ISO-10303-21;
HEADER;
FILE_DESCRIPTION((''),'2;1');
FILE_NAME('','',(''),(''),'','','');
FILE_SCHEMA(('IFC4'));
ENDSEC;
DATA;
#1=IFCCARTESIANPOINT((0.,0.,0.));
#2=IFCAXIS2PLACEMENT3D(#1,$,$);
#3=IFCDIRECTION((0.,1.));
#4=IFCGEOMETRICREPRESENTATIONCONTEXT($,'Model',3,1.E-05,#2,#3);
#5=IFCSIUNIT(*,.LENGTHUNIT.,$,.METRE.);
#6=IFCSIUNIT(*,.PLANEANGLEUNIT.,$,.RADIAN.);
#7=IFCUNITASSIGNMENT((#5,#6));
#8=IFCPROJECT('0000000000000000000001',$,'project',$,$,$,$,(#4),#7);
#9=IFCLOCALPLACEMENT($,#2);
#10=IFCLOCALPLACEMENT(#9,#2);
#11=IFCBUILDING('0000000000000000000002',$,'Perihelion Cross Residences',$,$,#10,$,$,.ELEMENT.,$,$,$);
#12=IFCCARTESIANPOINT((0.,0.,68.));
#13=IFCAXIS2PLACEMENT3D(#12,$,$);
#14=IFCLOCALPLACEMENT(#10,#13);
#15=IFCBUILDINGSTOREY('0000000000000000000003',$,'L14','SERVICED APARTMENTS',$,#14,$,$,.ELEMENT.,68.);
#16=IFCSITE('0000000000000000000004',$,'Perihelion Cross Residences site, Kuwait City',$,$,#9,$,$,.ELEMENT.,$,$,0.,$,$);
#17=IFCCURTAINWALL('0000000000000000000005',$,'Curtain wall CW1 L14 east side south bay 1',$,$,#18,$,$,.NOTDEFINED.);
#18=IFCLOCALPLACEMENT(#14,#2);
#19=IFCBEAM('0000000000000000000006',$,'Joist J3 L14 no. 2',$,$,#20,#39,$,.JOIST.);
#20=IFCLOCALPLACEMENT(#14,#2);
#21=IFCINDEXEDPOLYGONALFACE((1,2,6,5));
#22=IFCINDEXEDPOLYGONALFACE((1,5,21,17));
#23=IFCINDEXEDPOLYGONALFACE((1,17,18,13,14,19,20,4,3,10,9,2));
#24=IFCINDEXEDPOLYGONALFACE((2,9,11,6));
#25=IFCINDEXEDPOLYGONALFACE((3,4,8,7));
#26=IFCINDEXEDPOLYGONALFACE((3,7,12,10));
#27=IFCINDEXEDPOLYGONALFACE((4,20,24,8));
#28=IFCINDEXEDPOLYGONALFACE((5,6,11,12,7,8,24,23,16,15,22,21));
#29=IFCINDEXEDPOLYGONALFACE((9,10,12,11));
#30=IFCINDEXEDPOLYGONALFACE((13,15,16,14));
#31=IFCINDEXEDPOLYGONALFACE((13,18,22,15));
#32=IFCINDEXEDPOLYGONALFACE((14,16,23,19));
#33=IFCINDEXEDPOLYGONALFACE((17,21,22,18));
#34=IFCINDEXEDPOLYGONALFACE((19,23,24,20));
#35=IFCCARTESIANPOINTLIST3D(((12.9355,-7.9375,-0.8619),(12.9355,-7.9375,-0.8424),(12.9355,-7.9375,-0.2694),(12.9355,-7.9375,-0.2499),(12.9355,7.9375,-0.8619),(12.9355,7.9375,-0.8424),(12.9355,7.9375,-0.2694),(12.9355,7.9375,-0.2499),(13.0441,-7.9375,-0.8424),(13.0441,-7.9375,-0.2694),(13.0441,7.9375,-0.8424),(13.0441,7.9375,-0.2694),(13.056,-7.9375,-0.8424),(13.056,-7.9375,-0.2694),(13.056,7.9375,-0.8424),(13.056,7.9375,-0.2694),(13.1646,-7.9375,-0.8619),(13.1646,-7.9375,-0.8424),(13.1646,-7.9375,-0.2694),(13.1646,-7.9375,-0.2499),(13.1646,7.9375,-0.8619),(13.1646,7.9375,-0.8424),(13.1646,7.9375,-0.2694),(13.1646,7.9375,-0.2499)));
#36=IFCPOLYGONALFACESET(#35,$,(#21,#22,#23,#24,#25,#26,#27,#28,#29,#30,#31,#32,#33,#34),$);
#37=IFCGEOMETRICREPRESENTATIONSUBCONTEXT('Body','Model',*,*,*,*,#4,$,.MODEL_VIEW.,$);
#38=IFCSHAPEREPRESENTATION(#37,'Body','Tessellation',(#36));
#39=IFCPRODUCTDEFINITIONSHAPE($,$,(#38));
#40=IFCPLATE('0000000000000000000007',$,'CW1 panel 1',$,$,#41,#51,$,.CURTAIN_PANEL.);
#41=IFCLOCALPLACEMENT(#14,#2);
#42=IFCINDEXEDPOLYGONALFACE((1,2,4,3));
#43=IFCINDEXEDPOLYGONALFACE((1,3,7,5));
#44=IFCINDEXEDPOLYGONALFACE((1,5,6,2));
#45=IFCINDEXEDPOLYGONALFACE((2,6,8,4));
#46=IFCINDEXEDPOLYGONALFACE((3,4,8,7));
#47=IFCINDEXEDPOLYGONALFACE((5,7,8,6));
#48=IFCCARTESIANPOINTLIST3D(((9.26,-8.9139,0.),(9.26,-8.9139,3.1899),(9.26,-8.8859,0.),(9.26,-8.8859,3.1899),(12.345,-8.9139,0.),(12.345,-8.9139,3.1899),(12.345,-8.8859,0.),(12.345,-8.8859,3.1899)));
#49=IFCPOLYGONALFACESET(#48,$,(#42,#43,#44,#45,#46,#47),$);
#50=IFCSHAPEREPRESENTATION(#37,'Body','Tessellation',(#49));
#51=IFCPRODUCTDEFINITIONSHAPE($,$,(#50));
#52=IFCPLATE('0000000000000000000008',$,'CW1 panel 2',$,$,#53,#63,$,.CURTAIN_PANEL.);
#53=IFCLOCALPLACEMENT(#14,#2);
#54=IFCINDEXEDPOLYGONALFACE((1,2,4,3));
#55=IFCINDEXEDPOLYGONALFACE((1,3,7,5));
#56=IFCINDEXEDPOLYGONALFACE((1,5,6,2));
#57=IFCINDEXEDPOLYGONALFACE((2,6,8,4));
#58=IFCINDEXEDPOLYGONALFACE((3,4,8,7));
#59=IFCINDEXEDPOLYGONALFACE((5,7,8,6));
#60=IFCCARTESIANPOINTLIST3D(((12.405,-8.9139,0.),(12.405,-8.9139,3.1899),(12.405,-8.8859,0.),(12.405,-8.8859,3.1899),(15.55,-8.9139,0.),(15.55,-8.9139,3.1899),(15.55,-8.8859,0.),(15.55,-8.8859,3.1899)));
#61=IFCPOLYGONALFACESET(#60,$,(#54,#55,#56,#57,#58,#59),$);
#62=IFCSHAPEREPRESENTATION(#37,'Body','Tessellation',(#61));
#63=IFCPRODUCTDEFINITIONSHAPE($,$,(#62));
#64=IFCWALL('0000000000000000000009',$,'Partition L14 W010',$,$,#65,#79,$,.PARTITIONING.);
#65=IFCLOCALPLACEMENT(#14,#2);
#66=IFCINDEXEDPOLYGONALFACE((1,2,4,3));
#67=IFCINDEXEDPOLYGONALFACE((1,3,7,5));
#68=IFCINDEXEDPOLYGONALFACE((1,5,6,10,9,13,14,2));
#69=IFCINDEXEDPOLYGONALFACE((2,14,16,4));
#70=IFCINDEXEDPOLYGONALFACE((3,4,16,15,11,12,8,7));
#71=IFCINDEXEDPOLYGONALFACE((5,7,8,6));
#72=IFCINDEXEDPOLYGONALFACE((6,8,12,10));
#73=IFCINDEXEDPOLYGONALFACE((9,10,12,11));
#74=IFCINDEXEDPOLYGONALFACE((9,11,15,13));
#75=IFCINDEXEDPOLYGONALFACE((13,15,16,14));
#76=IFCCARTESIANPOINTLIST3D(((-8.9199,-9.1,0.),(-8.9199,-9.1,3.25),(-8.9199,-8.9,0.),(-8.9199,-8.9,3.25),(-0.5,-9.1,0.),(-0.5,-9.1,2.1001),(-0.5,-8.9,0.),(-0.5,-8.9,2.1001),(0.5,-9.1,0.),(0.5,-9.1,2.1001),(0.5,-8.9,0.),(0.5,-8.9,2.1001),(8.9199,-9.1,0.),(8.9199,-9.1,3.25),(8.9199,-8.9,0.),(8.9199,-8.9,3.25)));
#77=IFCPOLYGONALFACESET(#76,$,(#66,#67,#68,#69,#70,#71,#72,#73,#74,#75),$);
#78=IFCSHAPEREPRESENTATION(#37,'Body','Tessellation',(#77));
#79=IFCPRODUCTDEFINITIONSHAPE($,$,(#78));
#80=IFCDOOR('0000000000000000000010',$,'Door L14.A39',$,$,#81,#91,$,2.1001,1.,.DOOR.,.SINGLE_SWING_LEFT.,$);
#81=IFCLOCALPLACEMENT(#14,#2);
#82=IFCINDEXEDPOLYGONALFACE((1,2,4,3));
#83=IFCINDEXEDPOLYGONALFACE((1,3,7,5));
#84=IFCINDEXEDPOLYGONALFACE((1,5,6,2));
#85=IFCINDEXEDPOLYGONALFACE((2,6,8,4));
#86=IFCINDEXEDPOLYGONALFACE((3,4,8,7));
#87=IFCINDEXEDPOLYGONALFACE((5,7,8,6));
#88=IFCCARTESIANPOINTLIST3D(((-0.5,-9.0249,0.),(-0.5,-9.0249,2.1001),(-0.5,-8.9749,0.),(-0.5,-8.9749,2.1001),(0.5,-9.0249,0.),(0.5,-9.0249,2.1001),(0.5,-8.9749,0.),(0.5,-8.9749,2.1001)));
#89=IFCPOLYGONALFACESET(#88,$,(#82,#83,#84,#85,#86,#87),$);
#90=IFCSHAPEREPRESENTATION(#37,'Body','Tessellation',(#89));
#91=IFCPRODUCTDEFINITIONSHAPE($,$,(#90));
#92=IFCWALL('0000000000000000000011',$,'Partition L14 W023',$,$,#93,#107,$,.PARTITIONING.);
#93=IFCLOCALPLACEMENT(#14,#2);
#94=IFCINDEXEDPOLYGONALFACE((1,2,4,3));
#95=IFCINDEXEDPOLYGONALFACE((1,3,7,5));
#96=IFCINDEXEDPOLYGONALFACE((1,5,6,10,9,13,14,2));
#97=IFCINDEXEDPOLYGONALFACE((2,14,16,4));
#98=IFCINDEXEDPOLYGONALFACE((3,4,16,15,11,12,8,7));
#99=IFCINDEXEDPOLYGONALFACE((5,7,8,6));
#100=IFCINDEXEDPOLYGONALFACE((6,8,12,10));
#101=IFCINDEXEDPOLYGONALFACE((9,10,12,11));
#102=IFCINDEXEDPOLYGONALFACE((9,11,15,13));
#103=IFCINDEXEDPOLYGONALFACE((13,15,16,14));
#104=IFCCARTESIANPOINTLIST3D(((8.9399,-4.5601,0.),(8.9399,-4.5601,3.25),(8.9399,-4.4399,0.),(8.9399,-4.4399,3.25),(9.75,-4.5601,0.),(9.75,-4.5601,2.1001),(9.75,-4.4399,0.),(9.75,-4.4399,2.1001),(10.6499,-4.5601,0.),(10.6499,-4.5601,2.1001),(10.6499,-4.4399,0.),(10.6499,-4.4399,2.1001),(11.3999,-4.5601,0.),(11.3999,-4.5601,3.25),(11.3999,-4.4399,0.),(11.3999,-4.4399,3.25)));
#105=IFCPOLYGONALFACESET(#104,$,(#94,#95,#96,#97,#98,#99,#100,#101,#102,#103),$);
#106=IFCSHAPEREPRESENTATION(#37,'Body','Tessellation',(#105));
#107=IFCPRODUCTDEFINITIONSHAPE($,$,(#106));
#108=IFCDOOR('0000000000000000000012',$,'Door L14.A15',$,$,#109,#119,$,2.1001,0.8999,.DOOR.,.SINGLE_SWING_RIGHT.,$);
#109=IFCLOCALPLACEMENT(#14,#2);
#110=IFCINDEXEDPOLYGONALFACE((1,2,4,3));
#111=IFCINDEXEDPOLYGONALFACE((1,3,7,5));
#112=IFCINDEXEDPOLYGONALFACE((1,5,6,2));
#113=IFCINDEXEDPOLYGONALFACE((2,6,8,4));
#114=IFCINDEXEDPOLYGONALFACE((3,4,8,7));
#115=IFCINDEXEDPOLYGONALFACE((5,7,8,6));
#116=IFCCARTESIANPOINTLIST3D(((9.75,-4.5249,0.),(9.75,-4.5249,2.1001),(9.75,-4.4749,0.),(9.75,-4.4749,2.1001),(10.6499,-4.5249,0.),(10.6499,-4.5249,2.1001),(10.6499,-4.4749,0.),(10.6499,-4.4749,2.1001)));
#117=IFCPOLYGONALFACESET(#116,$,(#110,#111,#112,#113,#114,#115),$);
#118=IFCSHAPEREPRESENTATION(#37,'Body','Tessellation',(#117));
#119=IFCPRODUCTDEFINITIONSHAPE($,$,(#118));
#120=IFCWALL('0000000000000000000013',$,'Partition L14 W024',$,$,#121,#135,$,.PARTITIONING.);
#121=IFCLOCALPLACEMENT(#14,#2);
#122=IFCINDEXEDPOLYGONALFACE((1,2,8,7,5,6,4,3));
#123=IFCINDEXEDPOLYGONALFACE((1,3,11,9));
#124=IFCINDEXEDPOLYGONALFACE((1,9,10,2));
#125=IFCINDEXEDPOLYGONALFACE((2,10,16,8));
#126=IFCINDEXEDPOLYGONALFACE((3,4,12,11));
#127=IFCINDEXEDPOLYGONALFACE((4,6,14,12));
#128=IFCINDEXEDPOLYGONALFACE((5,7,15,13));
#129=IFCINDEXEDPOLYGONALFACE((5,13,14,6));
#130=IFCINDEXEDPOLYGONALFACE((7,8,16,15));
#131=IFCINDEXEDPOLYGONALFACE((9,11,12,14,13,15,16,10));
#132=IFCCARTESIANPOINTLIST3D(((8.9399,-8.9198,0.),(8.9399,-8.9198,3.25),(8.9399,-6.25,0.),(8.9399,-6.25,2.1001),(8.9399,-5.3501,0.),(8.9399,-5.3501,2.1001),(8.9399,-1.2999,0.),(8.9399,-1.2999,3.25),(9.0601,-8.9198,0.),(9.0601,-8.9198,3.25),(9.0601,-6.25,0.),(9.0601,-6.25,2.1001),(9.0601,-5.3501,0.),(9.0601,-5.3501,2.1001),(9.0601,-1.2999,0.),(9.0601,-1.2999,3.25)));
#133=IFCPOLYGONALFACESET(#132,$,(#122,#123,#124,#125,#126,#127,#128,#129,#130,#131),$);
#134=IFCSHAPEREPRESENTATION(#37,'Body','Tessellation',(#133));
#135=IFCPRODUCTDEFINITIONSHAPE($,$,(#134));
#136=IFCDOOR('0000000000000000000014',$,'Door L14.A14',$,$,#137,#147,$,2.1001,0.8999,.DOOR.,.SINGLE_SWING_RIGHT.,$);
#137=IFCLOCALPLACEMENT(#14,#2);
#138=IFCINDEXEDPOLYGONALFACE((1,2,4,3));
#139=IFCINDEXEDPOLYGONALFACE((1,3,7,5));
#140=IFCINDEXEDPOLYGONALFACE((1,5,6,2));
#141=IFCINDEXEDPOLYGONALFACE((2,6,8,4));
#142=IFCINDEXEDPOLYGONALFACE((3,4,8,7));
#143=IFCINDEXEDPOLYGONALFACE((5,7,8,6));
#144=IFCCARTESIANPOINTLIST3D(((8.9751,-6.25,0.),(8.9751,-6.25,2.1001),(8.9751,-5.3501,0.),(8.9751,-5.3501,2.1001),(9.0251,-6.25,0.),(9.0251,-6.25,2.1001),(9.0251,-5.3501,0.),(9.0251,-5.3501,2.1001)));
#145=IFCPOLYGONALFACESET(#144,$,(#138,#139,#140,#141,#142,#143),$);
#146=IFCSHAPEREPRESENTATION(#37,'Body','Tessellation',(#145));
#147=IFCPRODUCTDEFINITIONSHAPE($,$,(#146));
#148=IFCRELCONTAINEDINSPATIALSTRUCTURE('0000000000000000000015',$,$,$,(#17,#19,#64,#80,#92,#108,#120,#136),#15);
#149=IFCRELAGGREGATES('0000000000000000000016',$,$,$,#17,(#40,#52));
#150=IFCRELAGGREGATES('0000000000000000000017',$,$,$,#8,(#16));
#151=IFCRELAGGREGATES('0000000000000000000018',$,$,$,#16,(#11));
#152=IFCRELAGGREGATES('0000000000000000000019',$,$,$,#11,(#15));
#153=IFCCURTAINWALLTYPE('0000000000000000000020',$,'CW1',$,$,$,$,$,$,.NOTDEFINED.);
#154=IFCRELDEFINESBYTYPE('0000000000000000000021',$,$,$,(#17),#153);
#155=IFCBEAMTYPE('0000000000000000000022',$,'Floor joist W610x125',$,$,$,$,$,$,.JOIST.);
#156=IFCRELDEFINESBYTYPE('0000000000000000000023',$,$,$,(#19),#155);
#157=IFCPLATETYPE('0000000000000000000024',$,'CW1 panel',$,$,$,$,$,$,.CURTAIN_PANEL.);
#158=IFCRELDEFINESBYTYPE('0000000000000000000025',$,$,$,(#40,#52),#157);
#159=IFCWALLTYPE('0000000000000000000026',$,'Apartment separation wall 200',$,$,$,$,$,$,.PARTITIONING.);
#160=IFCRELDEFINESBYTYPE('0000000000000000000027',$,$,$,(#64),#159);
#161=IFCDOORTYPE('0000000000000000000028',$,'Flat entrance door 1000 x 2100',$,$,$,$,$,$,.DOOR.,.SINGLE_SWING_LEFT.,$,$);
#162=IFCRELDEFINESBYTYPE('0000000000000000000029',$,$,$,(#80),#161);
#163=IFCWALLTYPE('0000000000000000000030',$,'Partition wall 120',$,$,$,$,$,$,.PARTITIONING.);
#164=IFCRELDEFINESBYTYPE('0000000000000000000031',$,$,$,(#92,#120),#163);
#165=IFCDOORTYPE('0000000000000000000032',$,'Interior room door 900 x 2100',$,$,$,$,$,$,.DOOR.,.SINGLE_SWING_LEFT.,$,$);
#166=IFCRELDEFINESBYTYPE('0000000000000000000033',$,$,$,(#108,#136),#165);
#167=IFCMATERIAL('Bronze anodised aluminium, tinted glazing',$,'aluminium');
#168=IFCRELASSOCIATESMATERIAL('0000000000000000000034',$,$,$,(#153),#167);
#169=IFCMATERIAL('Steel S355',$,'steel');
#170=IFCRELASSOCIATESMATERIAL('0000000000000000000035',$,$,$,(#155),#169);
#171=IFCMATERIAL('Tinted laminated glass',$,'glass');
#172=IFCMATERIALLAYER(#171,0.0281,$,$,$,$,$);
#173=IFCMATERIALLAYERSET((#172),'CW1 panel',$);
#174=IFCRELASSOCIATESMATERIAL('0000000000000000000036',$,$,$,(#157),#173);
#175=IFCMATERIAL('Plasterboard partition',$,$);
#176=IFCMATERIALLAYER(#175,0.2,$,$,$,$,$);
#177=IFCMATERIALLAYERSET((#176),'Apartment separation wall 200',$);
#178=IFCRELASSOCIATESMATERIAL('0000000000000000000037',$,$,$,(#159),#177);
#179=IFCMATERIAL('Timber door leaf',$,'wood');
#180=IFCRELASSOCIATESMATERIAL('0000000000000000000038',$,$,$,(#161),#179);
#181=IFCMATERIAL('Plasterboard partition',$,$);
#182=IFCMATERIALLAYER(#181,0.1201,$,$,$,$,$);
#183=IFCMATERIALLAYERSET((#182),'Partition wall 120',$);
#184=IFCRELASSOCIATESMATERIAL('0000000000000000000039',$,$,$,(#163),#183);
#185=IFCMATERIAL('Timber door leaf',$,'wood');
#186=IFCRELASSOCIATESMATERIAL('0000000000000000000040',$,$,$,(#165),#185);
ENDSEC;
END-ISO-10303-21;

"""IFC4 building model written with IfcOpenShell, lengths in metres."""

from ifc_helpers import new_model, si_unit, direction, frame, frame_2d, origin, origin_2d, place, context, subcontext, project, spatial, rectangle, i_section, extrude, material, layer, layer_set, material_profile, profile_set, type_object, element, fill, aggregate, save


model = new_model("IFC4")

# Units and contexts
model_context = context("Model", 3, precision=1e-05, world=origin(), true_north=direction((0.0, 1.0)))
body_context = subcontext(model_context, "Body", "Model", "MODEL_VIEW")
ifc_project = project(units=[si_unit("LENGTHUNIT", "METRE"), si_unit("PLANEANGLEUNIT", "RADIAN")], contexts=[model_context])

# Site, building, storey
site_placement = place(None, origin())
site = spatial("IfcSite", under=ifc_project, at=site_placement, Name="Perihelion Cross Residences site, Kuwait City", CompositionType="ELEMENT", RefElevation=0.0)
building_placement = place(site_placement, origin())
building = spatial("IfcBuilding", under=site, at=building_placement, Name="Perihelion Cross Residences", CompositionType="ELEMENT")
storey_placement = place(building_placement, frame((0.0, 0.0, 68.0)))
storey = spatial("IfcBuildingStorey", under=building, at=storey_placement, Name="L14", Description="SERVICED APARTMENTS", CompositionType="ELEMENT", Elevation=68.0)

# Shared definitions
ifc_material_1 = material(Name="Bronze anodised aluminium, tinted glazing", Category="aluminium")
curtain_wall_type = type_object("IfcCurtainWallType", Name="CW1", PredefinedType="NOTDEFINED", material=ifc_material_1)

# Curtain wall
curtain_wall_1_placement = place(storey_placement, origin())
curtain_wall_1 = element("IfcCurtainWall", 1, at=curtain_wall_1_placement, inside=storey, type_object=curtain_wall_type, Name="Curtain wall CW1 L14 east side south bay 1", PredefinedType="NOTDEFINED")

# Beam
ifc_material_2 = material(Name="Steel S355", Category="steel")
ifc_material_profile_1 = material_profile(ifc_material_2, i_section(OverallWidth=0.229, OverallDepth=0.6121, WebThickness=0.012, FlangeThickness=0.0195, at=origin_2d()), Name="W610x125")
ifc_profile_set_1 = profile_set([ifc_material_profile_1], Name="Steel S355")
beam_type_1 = type_object("IfcBeamType", Name="Floor joist W610x125", PredefinedType="JOIST", material=ifc_profile_set_1)
beam_1_placement = place(storey_placement, frame((13.05, -7.9375, -0.5559), z_axis=(0.0, 1.0, 0.0), x_axis=(-1.0, 0.0, 0.0)))
element("IfcBeam", 2, at=beam_1_placement, inside=storey, type_object=beam_type_1, Name="Joist J3 L14 no. 2", PredefinedType="JOIST", context=body_context, shape_type="SweptSolid", body=[
    extrude(i_section(OverallWidth=0.229, OverallDepth=0.6121, WebThickness=0.012, FlangeThickness=0.0195, at=origin_2d()), origin(), (0.0, 0.0, 1.0), 15.875),
])

# Plates
ifc_material_3 = material(Name="Tinted laminated glass", Category="glass")
ifc_layer_1 = layer(ifc_material_3, 0.0281)
ifc_layer_set_1 = layer_set([ifc_layer_1], Name="CW1 panel")
plate_type = type_object("IfcPlateType", Name="CW1 panel", PredefinedType="CURTAIN_PANEL", material=ifc_layer_set_1)
plate_1_placement = place(storey_placement, frame((10.8025, -8.8999, 0.0), z_axis=(0.0, 0.0, 1.0), x_axis=(1.0, 0.0, 0.0)))
plate_1 = element("IfcPlate", 3, at=plate_1_placement, type_object=plate_type, Name="CW1 panel 1", PredefinedType="CURTAIN_PANEL", context=body_context, shape_type="SweptSolid", body=[
    extrude(rectangle(XDim=3.085, YDim=0.0281, at=origin_2d()), origin(), (0.0, 0.0, 1.0), 3.1899),
])
plate_2_placement = place(storey_placement, frame((13.9775, -8.8999, 0.0), z_axis=(0.0, 0.0, 1.0), x_axis=(1.0, 0.0, 0.0)))
plate_2 = element("IfcPlate", 4, at=plate_2_placement, type_object=plate_type, Name="CW1 panel 2", PredefinedType="CURTAIN_PANEL", context=body_context, shape_type="SweptSolid", body=[
    extrude(rectangle(XDim=3.145, YDim=0.0281, at=origin_2d()), origin(), (0.0, 0.0, 1.0), 3.1899),
])
aggregate(curtain_wall_1, [plate_1, plate_2])

# Walls, openings, doors
ifc_material_4 = material(Name="Plasterboard partition")
ifc_layer_2 = layer(ifc_material_4, 0.2)
ifc_layer_set_2 = layer_set([ifc_layer_2], Name="Apartment separation wall 200")
wall_type_1 = type_object("IfcWallType", Name="Apartment separation wall 200", PredefinedType="PARTITIONING", material=ifc_layer_set_2)
wall_1_placement = place(storey_placement, frame((8.9199, -9.0, 0.0), z_axis=(0.0, 0.0, 1.0), x_axis=(-1.0, 0.0, 0.0)))
wall_1 = element("IfcWall", 5, at=wall_1_placement, inside=storey, type_object=wall_type_1, Name="Partition L14 W010", PredefinedType="PARTITIONING", context=body_context, shape_type="SweptSolid", body=[
    extrude(rectangle(XDim=17.8398, YDim=0.2, at=frame_2d((8.9199, 0.0))), origin(), (0.0, 0.0, 1.0), 3.25),
])
opening_1_placement = place(wall_1_placement, frame((8.4199, 0.0, 0.0)))
opening_1 = element("IfcOpeningElement", 6, at=opening_1_placement, cuts=wall_1, PredefinedType="OPENING", context=body_context, shape_type="SweptSolid", body=[
    extrude(rectangle(XDim=1.0, YDim=2.1001, at=frame_2d((0.5, 1.05))), frame((0.0, 0.1099, 0.0), z_axis=(0.0, -1.0, 0.0), x_axis=(1.0, 0.0, 0.0)), (0.0, 0.0, 1.0), 0.22),
])
ifc_material_5 = material(Name="Timber door leaf", Category="wood")
door_type_1 = type_object("IfcDoorType", Name="Flat entrance door 1000 x 2100", OperationType="SINGLE_SWING_LEFT", PredefinedType="DOOR", material=ifc_material_5)
door_1_placement = place(opening_1_placement, origin())
door_1 = element("IfcDoor", 7, at=door_1_placement, inside=storey, type_object=door_type_1, Name="Door L14.A39", OperationType="SINGLE_SWING_LEFT", OverallHeight=2.1001, OverallWidth=1.0, PredefinedType="DOOR", context=body_context, shape_type="SweptSolid", body=[
    extrude(rectangle(XDim=1.0, YDim=2.1001, at=frame_2d((0.5, 1.05))), frame((0.0, 0.0249, 0.0), z_axis=(0.0, -1.0, 0.0), x_axis=(1.0, 0.0, 0.0)), (0.0, 0.0, 1.0), 0.05),
])
fill(opening_1, door_1)
ifc_material_6 = material(Name="Plasterboard partition")
ifc_layer_3 = layer(ifc_material_6, 0.1201)
ifc_layer_set_3 = layer_set([ifc_layer_3], Name="Partition wall 120")
wall_type_2 = type_object("IfcWallType", Name="Partition wall 120", PredefinedType="PARTITIONING", material=ifc_layer_set_3)
wall_2_placement = place(storey_placement, frame((11.3999, -4.5, 0.0), z_axis=(0.0, 0.0, 1.0), x_axis=(-1.0, 0.0, 0.0)))
wall_2 = element("IfcWall", 8, at=wall_2_placement, inside=storey, type_object=wall_type_2, Name="Partition L14 W023", PredefinedType="PARTITIONING", context=body_context, shape_type="SweptSolid", body=[
    extrude(rectangle(XDim=2.46, YDim=0.1201, at=frame_2d((1.23, 0.0))), origin(), (0.0, 0.0, 1.0), 3.25),
])
opening_2_placement = place(wall_2_placement, frame((0.75, 0.0, 0.0)))
opening_2 = element("IfcOpeningElement", 9, at=opening_2_placement, cuts=wall_2, PredefinedType="OPENING", context=body_context, shape_type="SweptSolid", body=[
    extrude(rectangle(XDim=0.8999, YDim=2.1001, at=frame_2d((0.45, 1.05))), frame((0.0, 0.0701, 0.0), z_axis=(0.0, -1.0, 0.0), x_axis=(1.0, 0.0, 0.0)), (0.0, 0.0, 1.0), 0.1401),
])
ifc_material_7 = material(Name="Timber door leaf", Category="wood")
door_type_2 = type_object("IfcDoorType", Name="Interior room door 900 x 2100", OperationType="SINGLE_SWING_LEFT", PredefinedType="DOOR", material=ifc_material_7)
door_2_placement = place(opening_2_placement, origin())
door_2 = element("IfcDoor", 10, at=door_2_placement, inside=storey, type_object=door_type_2, Name="Door L14.A15", OperationType="SINGLE_SWING_RIGHT", OverallHeight=2.1001, OverallWidth=0.8999, PredefinedType="DOOR", context=body_context, shape_type="SweptSolid", body=[
    extrude(rectangle(XDim=0.8999, YDim=2.1001, at=frame_2d((0.45, 1.05))), frame((0.0, 0.0249, 0.0), z_axis=(0.0, -1.0, 0.0), x_axis=(1.0, 0.0, 0.0)), (0.0, 0.0, 1.0), 0.05),
])
fill(opening_2, door_2)
wall_3_placement = place(storey_placement, frame((9.0, -8.9199, 0.0), z_axis=(0.0, 0.0, 1.0), x_axis=(0.0, 1.0, 0.0)))
wall_3 = element("IfcWall", 11, at=wall_3_placement, inside=storey, type_object=wall_type_2, Name="Partition L14 W024", PredefinedType="PARTITIONING", context=body_context, shape_type="SweptSolid", body=[
    extrude(rectangle(XDim=7.6199, YDim=0.1201, at=frame_2d((3.8101, 0.0))), origin(), (0.0, 0.0, 1.0), 3.25),
])
opening_3_placement = place(wall_3_placement, frame((2.6699, 0.0, 0.0)))
opening_3 = element("IfcOpeningElement", 12, at=opening_3_placement, cuts=wall_3, PredefinedType="OPENING", context=body_context, shape_type="SweptSolid", body=[
    extrude(rectangle(XDim=0.8999, YDim=2.1001, at=frame_2d((0.45, 1.05))), frame((0.0, 0.0701, 0.0), z_axis=(0.0, -1.0, 0.0), x_axis=(1.0, 0.0, 0.0)), (0.0, 0.0, 1.0), 0.1401),
])
door_3_placement = place(opening_3_placement, origin())
door_3 = element("IfcDoor", 13, at=door_3_placement, inside=storey, type_object=door_type_2, Name="Door L14.A14", OperationType="SINGLE_SWING_RIGHT", OverallHeight=2.1001, OverallWidth=0.8999, PredefinedType="DOOR", context=body_context, shape_type="SweptSolid", body=[
    extrude(rectangle(XDim=0.8999, YDim=2.1001, at=frame_2d((0.45, 1.05))), frame((0.0, 0.0249, 0.0), z_axis=(0.0, -1.0, 0.0), x_axis=(1.0, 0.0, 0.0)), (0.0, 0.0, 1.0), 0.05),
])
fill(opening_3, door_3)

save(model, "model.ifc")
